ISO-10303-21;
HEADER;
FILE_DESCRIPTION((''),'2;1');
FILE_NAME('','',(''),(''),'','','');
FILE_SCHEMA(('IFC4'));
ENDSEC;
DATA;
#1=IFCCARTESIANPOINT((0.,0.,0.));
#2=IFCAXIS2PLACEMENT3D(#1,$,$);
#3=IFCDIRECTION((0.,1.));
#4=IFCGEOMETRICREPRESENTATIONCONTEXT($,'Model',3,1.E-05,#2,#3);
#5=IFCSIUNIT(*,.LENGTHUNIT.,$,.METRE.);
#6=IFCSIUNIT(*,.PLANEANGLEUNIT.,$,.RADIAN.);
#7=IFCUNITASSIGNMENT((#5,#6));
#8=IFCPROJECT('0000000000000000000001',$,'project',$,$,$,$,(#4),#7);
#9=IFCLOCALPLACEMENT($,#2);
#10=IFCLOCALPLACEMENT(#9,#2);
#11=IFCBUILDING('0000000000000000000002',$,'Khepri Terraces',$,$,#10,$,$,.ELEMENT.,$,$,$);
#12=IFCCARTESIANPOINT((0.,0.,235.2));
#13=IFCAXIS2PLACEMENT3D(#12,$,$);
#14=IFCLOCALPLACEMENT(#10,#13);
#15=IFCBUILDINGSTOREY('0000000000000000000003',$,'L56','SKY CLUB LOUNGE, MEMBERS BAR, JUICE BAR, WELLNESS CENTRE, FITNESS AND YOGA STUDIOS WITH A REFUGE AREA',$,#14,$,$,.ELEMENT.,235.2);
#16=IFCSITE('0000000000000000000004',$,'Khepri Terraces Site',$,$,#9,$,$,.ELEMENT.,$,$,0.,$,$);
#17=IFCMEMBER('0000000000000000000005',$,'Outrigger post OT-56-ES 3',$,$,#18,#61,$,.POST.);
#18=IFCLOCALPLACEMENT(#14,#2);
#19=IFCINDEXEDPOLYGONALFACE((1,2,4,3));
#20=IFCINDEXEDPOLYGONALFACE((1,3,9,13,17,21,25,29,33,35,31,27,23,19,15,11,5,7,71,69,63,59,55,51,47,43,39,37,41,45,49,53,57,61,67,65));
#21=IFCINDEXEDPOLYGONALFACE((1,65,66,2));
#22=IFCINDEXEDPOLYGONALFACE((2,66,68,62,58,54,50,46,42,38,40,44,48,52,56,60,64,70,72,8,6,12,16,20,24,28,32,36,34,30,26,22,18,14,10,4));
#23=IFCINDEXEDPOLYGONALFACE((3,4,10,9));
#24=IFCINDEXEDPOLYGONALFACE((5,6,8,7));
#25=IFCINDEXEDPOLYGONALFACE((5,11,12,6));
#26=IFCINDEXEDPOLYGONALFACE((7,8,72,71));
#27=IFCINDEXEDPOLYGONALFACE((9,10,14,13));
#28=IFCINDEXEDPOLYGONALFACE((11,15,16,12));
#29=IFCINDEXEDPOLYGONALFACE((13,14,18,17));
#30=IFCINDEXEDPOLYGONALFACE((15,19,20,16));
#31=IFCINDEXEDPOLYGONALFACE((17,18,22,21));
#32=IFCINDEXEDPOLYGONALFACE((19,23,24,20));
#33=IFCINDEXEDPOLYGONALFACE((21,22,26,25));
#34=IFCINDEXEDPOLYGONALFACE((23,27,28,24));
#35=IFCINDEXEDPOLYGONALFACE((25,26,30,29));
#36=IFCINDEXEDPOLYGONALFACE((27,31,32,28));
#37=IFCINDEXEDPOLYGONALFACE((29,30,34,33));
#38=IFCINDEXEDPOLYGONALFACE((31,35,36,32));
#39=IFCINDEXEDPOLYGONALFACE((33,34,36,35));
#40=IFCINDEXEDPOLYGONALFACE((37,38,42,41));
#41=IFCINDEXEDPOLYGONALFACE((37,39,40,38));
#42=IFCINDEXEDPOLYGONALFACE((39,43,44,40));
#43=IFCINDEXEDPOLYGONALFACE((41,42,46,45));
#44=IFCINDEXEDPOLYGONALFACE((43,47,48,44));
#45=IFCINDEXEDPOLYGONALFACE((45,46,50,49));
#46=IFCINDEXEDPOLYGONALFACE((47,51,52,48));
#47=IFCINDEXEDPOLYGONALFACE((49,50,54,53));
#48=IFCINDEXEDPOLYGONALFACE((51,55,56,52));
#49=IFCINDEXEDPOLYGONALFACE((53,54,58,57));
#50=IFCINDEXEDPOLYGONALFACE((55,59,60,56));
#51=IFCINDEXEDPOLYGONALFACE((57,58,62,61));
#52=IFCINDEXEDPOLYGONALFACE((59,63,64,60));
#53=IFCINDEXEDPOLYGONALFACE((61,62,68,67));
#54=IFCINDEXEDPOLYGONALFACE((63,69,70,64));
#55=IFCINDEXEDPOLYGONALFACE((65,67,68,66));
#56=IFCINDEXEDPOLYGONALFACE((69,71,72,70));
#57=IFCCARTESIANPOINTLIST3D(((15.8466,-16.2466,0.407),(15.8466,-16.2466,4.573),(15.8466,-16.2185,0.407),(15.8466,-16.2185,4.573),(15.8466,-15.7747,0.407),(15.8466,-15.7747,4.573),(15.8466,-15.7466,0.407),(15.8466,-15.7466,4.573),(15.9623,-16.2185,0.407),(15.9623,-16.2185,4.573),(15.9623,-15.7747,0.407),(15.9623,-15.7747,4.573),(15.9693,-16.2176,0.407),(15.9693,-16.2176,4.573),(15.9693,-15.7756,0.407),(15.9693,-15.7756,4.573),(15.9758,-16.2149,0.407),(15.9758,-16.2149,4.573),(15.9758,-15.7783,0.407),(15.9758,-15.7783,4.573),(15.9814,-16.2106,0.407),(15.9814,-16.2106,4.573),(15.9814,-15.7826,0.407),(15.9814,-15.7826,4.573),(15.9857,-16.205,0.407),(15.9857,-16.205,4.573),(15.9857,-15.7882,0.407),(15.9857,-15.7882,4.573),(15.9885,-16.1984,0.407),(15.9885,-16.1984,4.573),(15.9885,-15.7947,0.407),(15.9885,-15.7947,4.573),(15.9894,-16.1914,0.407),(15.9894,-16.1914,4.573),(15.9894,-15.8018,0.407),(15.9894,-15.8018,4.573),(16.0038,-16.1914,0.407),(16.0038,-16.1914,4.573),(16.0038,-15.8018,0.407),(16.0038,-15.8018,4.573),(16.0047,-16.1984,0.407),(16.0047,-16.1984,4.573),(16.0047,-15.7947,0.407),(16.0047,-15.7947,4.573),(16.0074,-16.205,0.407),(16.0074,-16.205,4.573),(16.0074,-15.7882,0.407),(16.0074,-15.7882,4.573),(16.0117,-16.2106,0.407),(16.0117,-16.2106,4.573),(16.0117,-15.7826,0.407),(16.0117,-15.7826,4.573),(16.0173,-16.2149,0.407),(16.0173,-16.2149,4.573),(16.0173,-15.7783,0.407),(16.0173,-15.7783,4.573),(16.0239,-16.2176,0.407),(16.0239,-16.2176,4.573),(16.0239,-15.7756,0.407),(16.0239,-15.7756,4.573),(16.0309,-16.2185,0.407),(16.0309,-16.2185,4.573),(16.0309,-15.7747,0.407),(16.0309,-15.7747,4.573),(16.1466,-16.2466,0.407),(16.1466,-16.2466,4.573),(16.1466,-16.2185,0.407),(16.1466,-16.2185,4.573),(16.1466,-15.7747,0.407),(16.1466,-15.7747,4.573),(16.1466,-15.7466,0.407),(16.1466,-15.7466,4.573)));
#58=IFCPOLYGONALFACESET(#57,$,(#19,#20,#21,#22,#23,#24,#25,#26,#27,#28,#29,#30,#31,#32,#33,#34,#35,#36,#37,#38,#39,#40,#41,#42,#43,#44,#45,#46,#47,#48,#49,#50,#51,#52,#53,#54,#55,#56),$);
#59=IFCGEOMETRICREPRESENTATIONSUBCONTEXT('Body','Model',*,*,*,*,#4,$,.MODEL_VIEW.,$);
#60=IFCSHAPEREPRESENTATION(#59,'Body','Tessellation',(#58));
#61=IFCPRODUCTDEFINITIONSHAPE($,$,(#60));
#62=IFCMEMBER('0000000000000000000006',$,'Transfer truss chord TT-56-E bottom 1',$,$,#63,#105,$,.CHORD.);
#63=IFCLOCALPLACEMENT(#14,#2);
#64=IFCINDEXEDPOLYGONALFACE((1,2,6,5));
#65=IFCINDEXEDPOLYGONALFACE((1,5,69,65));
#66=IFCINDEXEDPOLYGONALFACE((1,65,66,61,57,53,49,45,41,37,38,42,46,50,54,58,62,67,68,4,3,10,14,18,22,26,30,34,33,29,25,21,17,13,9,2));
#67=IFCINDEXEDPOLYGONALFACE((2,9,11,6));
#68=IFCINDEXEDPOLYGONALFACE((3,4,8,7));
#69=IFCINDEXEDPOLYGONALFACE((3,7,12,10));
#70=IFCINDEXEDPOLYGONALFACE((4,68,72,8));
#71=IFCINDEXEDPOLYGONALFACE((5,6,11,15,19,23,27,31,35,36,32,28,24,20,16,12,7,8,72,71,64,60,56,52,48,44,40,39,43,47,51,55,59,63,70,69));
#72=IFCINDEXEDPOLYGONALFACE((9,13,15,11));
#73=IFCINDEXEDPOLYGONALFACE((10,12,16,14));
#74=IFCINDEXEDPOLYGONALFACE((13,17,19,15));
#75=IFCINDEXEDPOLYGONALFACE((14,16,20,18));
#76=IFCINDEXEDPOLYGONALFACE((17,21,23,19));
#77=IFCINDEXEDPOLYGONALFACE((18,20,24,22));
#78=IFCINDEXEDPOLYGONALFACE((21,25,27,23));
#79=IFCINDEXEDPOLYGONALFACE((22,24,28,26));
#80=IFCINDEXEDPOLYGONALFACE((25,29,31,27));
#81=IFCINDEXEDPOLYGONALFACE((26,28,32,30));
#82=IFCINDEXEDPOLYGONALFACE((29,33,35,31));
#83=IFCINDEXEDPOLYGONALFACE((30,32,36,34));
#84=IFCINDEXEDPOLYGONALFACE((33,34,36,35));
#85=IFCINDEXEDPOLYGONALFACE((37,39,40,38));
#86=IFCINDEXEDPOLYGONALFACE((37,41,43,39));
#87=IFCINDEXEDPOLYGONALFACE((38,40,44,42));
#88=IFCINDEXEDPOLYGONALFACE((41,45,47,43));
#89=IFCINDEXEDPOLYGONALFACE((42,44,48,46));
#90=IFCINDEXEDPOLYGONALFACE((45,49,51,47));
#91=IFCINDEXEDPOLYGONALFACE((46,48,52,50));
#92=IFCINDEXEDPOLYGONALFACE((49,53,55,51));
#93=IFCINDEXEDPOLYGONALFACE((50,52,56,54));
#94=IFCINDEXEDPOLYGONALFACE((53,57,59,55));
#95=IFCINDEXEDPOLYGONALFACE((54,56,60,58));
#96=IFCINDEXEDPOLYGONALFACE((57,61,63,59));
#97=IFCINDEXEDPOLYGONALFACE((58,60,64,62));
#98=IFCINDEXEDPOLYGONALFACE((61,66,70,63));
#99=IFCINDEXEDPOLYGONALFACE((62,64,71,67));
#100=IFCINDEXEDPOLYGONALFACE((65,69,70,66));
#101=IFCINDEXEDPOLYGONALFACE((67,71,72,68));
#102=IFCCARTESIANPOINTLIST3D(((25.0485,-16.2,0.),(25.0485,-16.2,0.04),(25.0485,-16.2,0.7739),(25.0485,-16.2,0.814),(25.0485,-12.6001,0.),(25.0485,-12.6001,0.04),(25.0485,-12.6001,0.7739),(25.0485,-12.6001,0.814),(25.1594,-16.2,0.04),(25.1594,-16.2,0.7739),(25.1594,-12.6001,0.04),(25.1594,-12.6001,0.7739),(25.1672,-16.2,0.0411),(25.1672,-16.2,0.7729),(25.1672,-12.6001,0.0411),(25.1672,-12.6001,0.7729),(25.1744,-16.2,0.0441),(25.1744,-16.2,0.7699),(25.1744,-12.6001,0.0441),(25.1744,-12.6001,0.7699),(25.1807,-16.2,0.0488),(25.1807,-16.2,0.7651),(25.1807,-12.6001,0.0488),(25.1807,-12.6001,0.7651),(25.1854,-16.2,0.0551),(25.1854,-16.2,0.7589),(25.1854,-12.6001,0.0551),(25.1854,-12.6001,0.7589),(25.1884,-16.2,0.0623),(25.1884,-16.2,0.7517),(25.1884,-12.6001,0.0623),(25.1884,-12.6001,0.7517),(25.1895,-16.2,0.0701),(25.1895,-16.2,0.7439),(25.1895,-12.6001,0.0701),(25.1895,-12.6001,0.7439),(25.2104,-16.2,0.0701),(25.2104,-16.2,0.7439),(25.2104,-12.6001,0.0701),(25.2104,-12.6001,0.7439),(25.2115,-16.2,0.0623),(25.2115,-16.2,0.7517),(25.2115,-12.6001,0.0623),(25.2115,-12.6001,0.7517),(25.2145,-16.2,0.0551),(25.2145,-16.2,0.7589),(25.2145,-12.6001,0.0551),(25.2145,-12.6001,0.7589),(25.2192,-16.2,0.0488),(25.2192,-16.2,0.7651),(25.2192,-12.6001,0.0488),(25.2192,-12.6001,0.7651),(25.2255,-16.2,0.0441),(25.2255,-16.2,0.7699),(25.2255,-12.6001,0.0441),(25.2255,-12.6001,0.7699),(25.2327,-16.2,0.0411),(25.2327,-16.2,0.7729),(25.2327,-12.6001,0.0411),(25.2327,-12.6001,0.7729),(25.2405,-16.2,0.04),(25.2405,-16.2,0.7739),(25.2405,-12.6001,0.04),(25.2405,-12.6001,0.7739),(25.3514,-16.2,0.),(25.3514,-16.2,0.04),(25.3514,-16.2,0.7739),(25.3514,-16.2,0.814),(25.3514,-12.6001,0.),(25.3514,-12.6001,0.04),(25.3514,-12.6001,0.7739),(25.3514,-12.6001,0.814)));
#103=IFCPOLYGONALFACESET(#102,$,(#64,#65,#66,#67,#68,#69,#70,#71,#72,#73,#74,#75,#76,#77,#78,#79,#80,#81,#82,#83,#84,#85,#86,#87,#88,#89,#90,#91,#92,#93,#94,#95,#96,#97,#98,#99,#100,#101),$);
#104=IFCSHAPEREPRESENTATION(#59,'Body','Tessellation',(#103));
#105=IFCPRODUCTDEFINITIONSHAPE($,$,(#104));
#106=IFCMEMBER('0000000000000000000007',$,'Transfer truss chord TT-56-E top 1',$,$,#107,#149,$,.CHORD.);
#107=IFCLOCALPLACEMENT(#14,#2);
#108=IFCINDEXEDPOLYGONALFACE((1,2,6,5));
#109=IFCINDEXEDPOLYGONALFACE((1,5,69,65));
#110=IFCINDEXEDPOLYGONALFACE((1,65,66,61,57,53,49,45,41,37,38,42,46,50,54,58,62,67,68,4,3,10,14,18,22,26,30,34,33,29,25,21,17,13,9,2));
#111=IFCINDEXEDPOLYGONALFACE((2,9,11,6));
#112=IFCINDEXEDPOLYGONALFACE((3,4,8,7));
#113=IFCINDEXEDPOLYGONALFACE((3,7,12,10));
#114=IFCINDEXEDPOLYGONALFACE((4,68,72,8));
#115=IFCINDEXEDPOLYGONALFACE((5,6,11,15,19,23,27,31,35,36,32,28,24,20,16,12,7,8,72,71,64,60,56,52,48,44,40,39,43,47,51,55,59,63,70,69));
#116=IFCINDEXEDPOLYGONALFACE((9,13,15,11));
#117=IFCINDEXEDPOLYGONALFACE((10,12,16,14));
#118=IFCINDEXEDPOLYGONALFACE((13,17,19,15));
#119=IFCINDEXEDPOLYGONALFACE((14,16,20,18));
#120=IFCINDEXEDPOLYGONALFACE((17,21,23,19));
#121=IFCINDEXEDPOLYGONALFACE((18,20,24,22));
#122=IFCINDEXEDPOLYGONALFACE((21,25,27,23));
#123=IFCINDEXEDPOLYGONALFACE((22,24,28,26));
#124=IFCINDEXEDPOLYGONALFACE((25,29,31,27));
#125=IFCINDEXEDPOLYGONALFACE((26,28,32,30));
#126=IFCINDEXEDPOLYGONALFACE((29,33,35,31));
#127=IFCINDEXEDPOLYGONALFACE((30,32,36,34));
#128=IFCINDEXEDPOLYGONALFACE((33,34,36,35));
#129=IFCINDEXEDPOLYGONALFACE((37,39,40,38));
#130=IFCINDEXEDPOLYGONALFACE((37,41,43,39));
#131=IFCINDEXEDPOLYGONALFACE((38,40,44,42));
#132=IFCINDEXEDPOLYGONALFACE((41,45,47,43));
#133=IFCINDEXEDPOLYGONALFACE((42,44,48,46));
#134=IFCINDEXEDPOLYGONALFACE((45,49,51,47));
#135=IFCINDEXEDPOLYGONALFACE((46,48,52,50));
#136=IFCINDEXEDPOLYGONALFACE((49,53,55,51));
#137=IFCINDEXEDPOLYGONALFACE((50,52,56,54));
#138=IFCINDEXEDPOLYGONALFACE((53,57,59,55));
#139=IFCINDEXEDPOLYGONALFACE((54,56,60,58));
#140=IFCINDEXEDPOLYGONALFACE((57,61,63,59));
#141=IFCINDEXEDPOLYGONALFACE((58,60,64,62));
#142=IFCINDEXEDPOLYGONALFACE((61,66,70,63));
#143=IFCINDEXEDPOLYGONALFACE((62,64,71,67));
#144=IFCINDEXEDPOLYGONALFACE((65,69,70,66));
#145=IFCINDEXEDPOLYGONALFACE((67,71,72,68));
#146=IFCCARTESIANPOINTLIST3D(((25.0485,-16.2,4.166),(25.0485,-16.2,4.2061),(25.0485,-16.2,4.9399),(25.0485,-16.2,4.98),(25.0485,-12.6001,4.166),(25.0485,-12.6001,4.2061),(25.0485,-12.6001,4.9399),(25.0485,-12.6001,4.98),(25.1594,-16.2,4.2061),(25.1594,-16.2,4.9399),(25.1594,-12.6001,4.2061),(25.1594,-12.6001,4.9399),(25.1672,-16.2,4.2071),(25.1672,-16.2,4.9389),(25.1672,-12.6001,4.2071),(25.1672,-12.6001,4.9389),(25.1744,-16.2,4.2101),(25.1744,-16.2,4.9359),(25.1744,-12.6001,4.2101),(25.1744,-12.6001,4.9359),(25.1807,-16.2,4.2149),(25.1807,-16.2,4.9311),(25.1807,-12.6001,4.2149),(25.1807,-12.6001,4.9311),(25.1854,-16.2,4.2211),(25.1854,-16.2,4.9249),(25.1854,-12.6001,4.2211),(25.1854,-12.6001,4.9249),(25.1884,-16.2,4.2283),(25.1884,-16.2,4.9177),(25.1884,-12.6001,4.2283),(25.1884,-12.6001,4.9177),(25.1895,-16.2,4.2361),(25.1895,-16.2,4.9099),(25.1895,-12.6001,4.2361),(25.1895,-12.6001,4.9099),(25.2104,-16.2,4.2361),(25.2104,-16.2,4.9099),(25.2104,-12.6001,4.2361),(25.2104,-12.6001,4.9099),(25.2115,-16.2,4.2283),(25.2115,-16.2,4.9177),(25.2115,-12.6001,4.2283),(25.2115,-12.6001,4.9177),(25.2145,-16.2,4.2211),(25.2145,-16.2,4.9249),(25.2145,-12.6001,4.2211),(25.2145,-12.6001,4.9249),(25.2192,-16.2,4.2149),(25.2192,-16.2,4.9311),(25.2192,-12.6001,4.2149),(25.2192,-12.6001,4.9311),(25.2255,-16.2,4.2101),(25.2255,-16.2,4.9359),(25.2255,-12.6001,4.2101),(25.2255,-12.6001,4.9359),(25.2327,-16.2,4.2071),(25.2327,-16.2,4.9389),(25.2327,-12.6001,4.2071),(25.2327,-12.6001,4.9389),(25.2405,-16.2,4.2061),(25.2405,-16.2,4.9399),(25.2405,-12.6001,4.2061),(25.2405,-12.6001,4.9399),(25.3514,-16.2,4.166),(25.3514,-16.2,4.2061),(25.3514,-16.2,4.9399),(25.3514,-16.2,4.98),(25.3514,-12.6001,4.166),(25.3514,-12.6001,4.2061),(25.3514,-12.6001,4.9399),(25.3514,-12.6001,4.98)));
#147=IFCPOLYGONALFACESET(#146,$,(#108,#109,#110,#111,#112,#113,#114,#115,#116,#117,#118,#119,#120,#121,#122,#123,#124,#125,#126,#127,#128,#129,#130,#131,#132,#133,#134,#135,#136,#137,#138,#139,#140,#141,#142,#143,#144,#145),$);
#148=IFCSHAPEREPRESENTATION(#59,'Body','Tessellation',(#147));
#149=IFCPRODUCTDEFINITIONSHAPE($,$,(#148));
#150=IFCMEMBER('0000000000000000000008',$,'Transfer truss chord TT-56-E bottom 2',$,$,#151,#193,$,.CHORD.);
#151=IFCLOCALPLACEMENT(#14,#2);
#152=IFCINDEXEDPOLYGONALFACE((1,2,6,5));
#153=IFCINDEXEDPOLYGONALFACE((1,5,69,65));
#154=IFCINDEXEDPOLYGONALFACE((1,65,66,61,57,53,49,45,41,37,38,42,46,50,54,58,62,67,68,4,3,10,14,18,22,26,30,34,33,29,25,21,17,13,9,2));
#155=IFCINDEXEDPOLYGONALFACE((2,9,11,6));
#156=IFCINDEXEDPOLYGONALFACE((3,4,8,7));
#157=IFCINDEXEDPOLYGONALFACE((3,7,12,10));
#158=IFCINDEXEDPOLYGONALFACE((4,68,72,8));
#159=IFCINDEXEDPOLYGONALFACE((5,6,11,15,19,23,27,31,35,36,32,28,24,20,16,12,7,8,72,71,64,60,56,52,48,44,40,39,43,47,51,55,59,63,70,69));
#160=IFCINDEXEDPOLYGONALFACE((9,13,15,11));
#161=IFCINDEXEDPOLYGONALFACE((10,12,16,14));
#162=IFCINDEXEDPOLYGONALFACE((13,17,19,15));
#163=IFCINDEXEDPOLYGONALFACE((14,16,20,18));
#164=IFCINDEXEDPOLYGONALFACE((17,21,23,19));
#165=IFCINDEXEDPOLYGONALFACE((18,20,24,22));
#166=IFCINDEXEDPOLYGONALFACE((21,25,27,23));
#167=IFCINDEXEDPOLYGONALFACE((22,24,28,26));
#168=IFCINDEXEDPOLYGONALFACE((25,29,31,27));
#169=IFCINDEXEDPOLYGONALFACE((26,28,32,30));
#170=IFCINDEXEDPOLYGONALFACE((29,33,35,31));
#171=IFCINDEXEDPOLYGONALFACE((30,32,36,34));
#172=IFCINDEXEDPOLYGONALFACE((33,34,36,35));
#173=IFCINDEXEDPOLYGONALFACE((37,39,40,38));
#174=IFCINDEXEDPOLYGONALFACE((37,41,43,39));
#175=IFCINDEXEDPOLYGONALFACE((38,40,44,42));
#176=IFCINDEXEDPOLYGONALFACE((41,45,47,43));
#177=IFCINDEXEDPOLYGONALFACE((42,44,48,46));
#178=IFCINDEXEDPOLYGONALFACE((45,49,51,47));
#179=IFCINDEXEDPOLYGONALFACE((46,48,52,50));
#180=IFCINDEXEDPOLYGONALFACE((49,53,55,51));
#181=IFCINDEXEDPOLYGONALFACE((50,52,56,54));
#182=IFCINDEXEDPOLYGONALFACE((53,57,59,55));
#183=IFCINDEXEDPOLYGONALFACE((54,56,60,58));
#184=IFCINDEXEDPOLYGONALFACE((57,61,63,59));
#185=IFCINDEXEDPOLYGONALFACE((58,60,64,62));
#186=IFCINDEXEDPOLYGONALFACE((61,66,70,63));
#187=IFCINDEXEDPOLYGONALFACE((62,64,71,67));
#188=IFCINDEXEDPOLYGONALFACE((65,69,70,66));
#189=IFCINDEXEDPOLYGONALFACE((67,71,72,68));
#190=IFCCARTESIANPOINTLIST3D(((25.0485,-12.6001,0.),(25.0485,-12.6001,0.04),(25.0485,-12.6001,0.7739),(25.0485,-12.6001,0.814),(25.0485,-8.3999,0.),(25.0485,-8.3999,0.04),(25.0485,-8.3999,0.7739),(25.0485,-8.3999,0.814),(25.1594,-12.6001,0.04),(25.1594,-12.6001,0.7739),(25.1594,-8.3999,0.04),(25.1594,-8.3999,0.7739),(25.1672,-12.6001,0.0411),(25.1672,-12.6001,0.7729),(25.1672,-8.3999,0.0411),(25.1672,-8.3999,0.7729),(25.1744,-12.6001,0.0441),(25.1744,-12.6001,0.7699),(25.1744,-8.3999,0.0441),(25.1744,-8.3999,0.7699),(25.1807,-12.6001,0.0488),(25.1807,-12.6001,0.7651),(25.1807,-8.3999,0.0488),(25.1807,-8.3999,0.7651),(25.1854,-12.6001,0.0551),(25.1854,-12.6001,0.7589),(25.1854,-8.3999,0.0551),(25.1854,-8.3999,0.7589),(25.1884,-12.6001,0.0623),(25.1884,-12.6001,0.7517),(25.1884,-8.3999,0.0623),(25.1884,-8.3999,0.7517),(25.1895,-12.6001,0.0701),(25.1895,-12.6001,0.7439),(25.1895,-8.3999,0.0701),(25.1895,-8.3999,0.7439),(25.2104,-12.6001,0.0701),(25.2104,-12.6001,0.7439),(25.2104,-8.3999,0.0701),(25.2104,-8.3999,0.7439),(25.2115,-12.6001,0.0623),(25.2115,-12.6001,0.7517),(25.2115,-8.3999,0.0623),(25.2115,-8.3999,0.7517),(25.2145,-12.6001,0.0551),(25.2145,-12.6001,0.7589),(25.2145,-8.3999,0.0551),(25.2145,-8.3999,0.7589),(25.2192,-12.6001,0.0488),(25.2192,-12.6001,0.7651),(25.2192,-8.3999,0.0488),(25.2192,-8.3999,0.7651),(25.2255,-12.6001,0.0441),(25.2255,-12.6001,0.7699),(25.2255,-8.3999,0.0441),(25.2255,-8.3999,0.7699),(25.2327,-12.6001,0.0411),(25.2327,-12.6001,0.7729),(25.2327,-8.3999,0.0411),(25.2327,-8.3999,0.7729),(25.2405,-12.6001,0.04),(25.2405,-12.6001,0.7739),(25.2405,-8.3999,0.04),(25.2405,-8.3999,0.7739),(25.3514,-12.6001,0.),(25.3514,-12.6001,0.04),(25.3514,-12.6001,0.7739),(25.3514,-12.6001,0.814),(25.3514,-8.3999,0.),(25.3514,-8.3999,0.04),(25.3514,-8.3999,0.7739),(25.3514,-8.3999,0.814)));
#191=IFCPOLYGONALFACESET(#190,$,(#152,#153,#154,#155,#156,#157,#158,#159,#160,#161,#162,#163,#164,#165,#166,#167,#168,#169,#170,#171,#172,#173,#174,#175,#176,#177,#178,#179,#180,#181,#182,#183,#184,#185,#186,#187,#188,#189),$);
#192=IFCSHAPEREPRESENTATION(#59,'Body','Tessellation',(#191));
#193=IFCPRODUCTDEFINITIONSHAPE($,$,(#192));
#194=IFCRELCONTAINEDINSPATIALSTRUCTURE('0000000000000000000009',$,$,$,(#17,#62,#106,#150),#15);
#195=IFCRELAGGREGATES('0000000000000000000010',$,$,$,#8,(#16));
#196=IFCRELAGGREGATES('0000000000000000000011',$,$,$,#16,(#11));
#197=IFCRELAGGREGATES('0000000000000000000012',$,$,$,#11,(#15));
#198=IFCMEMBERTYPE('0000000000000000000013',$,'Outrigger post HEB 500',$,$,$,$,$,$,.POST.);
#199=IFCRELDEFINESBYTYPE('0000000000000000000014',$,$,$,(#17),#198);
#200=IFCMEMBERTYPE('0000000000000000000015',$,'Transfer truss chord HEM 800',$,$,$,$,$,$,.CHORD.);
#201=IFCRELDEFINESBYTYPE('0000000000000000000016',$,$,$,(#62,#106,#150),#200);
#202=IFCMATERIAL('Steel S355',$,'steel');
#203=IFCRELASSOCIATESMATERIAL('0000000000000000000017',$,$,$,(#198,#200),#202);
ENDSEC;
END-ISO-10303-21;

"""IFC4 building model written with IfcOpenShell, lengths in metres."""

from ifc_helpers import new_model, si_unit, direction, frame, origin, origin_2d, place, context, subcontext, project, spatial, i_section, extrude, material, material_profile, profile_set, type_object, element, save


model = new_model("IFC4")

# Units and contexts
model_context = context("Model", 3, precision=1e-05, world=origin(), true_north=direction((0.0, 1.0)))
body_context = subcontext(model_context, "Body", "Model", "MODEL_VIEW")
ifc_project = project(units=[si_unit("LENGTHUNIT", "METRE"), si_unit("PLANEANGLEUNIT", "RADIAN")], contexts=[model_context])

# Site, building, storey
site_placement = place(None, origin())
site = spatial("IfcSite", under=ifc_project, at=site_placement, Name="Khepri Terraces Site", CompositionType="ELEMENT", RefElevation=0.0)
building_placement = place(site_placement, origin())
building = spatial("IfcBuilding", under=site, at=building_placement, Name="Khepri Terraces", CompositionType="ELEMENT")
storey_placement = place(building_placement, frame((0.0, 0.0, 235.2)))
storey = spatial("IfcBuildingStorey", under=building, at=storey_placement, Name="L56", Description="SKY CLUB LOUNGE, MEMBERS BAR, JUICE BAR, WELLNESS CENTRE, FITNESS AND YOGA STUDIOS WITH A REFUGE AREA", CompositionType="ELEMENT", Elevation=235.2)

# Members
ifc_material_1 = material(Name="Steel S355", Category="steel")
ifc_material_profile_1 = material_profile(ifc_material_1, i_section(OverallWidth=0.3, OverallDepth=0.5, WebThickness=0.0144, FlangeThickness=0.0281, FilletRadius=0.0271, at=origin_2d()), Name="Steel S355", Category="steel")
ifc_profile_set_1 = profile_set([ifc_material_profile_1], Name="Steel S355")
member_type_1 = type_object("IfcMemberType", Name="Outrigger post HEB 500", PredefinedType="POST", material=ifc_profile_set_1)
member_1_placement = place(storey_placement, frame((15.9966, -15.9966, 0.407), z_axis=(0.0, 0.0, 1.0), x_axis=(1.0, 0.0, 0.0)))
element("IfcMember", 1, at=member_1_placement, inside=storey, type_object=member_type_1, Name="Outrigger post OT-56-ES 3", PredefinedType="POST", context=body_context, shape_type="SweptSolid", body=[
    extrude(i_section(OverallWidth=0.3, OverallDepth=0.5, WebThickness=0.0144, FlangeThickness=0.0281, FilletRadius=0.0271, at=origin_2d()), origin(), (0.0, 0.0, 1.0), 4.166),
])
ifc_material_profile_2 = material_profile(ifc_material_1, i_section(OverallWidth=0.303, OverallDepth=0.814, WebThickness=0.021, FlangeThickness=0.04, FilletRadius=0.03, at=origin_2d()), Name="Steel S355", Category="steel")
ifc_profile_set_2 = profile_set([ifc_material_profile_2], Name="Steel S355")
member_type_2 = type_object("IfcMemberType", Name="Transfer truss chord HEM 800", PredefinedType="CHORD", material=ifc_profile_set_2)
for number, where, z_axis, x_axis, name in (
    (2, (25.2, -16.2, 0.407), (0.0, 1.0, 0.0), (-1.0, 0.0, 0.0), "Transfer truss chord TT-56-E bottom 1"),
    (3, (25.2, -16.2, 4.573), (0.0, 1.0, 0.0), (-1.0, 0.0, 0.0), "Transfer truss chord TT-56-E top 1"),
):
    element("IfcMember", number, at=place(storey_placement, frame(where, z_axis=z_axis, x_axis=x_axis)), inside=storey, type_object=member_type_2, Name=name, PredefinedType="CHORD", context=body_context, shape_type="SweptSolid", body=[
        extrude(i_section(OverallWidth=0.303, OverallDepth=0.814, WebThickness=0.021, FlangeThickness=0.04, FilletRadius=0.03, at=origin_2d()), origin(), (0.0, 0.0, 1.0), 3.5999),
    ])
for number, where, z_axis, x_axis, name in (
    (4, (25.2, -12.6001, 0.407), (0.0, 1.0, 0.0), (-1.0, 0.0, 0.0), "Transfer truss chord TT-56-E bottom 2"),
):
    element("IfcMember", number, at=place(storey_placement, frame(where, z_axis=z_axis, x_axis=x_axis)), inside=storey, type_object=member_type_2, Name=name, PredefinedType="CHORD", context=body_context, shape_type="SweptSolid", body=[
        extrude(i_section(OverallWidth=0.303, OverallDepth=0.814, WebThickness=0.021, FlangeThickness=0.04, FilletRadius=0.03, at=origin_2d()), origin(), (0.0, 0.0, 1.0), 4.2002),
    ])

save(model, "model.ifc")
